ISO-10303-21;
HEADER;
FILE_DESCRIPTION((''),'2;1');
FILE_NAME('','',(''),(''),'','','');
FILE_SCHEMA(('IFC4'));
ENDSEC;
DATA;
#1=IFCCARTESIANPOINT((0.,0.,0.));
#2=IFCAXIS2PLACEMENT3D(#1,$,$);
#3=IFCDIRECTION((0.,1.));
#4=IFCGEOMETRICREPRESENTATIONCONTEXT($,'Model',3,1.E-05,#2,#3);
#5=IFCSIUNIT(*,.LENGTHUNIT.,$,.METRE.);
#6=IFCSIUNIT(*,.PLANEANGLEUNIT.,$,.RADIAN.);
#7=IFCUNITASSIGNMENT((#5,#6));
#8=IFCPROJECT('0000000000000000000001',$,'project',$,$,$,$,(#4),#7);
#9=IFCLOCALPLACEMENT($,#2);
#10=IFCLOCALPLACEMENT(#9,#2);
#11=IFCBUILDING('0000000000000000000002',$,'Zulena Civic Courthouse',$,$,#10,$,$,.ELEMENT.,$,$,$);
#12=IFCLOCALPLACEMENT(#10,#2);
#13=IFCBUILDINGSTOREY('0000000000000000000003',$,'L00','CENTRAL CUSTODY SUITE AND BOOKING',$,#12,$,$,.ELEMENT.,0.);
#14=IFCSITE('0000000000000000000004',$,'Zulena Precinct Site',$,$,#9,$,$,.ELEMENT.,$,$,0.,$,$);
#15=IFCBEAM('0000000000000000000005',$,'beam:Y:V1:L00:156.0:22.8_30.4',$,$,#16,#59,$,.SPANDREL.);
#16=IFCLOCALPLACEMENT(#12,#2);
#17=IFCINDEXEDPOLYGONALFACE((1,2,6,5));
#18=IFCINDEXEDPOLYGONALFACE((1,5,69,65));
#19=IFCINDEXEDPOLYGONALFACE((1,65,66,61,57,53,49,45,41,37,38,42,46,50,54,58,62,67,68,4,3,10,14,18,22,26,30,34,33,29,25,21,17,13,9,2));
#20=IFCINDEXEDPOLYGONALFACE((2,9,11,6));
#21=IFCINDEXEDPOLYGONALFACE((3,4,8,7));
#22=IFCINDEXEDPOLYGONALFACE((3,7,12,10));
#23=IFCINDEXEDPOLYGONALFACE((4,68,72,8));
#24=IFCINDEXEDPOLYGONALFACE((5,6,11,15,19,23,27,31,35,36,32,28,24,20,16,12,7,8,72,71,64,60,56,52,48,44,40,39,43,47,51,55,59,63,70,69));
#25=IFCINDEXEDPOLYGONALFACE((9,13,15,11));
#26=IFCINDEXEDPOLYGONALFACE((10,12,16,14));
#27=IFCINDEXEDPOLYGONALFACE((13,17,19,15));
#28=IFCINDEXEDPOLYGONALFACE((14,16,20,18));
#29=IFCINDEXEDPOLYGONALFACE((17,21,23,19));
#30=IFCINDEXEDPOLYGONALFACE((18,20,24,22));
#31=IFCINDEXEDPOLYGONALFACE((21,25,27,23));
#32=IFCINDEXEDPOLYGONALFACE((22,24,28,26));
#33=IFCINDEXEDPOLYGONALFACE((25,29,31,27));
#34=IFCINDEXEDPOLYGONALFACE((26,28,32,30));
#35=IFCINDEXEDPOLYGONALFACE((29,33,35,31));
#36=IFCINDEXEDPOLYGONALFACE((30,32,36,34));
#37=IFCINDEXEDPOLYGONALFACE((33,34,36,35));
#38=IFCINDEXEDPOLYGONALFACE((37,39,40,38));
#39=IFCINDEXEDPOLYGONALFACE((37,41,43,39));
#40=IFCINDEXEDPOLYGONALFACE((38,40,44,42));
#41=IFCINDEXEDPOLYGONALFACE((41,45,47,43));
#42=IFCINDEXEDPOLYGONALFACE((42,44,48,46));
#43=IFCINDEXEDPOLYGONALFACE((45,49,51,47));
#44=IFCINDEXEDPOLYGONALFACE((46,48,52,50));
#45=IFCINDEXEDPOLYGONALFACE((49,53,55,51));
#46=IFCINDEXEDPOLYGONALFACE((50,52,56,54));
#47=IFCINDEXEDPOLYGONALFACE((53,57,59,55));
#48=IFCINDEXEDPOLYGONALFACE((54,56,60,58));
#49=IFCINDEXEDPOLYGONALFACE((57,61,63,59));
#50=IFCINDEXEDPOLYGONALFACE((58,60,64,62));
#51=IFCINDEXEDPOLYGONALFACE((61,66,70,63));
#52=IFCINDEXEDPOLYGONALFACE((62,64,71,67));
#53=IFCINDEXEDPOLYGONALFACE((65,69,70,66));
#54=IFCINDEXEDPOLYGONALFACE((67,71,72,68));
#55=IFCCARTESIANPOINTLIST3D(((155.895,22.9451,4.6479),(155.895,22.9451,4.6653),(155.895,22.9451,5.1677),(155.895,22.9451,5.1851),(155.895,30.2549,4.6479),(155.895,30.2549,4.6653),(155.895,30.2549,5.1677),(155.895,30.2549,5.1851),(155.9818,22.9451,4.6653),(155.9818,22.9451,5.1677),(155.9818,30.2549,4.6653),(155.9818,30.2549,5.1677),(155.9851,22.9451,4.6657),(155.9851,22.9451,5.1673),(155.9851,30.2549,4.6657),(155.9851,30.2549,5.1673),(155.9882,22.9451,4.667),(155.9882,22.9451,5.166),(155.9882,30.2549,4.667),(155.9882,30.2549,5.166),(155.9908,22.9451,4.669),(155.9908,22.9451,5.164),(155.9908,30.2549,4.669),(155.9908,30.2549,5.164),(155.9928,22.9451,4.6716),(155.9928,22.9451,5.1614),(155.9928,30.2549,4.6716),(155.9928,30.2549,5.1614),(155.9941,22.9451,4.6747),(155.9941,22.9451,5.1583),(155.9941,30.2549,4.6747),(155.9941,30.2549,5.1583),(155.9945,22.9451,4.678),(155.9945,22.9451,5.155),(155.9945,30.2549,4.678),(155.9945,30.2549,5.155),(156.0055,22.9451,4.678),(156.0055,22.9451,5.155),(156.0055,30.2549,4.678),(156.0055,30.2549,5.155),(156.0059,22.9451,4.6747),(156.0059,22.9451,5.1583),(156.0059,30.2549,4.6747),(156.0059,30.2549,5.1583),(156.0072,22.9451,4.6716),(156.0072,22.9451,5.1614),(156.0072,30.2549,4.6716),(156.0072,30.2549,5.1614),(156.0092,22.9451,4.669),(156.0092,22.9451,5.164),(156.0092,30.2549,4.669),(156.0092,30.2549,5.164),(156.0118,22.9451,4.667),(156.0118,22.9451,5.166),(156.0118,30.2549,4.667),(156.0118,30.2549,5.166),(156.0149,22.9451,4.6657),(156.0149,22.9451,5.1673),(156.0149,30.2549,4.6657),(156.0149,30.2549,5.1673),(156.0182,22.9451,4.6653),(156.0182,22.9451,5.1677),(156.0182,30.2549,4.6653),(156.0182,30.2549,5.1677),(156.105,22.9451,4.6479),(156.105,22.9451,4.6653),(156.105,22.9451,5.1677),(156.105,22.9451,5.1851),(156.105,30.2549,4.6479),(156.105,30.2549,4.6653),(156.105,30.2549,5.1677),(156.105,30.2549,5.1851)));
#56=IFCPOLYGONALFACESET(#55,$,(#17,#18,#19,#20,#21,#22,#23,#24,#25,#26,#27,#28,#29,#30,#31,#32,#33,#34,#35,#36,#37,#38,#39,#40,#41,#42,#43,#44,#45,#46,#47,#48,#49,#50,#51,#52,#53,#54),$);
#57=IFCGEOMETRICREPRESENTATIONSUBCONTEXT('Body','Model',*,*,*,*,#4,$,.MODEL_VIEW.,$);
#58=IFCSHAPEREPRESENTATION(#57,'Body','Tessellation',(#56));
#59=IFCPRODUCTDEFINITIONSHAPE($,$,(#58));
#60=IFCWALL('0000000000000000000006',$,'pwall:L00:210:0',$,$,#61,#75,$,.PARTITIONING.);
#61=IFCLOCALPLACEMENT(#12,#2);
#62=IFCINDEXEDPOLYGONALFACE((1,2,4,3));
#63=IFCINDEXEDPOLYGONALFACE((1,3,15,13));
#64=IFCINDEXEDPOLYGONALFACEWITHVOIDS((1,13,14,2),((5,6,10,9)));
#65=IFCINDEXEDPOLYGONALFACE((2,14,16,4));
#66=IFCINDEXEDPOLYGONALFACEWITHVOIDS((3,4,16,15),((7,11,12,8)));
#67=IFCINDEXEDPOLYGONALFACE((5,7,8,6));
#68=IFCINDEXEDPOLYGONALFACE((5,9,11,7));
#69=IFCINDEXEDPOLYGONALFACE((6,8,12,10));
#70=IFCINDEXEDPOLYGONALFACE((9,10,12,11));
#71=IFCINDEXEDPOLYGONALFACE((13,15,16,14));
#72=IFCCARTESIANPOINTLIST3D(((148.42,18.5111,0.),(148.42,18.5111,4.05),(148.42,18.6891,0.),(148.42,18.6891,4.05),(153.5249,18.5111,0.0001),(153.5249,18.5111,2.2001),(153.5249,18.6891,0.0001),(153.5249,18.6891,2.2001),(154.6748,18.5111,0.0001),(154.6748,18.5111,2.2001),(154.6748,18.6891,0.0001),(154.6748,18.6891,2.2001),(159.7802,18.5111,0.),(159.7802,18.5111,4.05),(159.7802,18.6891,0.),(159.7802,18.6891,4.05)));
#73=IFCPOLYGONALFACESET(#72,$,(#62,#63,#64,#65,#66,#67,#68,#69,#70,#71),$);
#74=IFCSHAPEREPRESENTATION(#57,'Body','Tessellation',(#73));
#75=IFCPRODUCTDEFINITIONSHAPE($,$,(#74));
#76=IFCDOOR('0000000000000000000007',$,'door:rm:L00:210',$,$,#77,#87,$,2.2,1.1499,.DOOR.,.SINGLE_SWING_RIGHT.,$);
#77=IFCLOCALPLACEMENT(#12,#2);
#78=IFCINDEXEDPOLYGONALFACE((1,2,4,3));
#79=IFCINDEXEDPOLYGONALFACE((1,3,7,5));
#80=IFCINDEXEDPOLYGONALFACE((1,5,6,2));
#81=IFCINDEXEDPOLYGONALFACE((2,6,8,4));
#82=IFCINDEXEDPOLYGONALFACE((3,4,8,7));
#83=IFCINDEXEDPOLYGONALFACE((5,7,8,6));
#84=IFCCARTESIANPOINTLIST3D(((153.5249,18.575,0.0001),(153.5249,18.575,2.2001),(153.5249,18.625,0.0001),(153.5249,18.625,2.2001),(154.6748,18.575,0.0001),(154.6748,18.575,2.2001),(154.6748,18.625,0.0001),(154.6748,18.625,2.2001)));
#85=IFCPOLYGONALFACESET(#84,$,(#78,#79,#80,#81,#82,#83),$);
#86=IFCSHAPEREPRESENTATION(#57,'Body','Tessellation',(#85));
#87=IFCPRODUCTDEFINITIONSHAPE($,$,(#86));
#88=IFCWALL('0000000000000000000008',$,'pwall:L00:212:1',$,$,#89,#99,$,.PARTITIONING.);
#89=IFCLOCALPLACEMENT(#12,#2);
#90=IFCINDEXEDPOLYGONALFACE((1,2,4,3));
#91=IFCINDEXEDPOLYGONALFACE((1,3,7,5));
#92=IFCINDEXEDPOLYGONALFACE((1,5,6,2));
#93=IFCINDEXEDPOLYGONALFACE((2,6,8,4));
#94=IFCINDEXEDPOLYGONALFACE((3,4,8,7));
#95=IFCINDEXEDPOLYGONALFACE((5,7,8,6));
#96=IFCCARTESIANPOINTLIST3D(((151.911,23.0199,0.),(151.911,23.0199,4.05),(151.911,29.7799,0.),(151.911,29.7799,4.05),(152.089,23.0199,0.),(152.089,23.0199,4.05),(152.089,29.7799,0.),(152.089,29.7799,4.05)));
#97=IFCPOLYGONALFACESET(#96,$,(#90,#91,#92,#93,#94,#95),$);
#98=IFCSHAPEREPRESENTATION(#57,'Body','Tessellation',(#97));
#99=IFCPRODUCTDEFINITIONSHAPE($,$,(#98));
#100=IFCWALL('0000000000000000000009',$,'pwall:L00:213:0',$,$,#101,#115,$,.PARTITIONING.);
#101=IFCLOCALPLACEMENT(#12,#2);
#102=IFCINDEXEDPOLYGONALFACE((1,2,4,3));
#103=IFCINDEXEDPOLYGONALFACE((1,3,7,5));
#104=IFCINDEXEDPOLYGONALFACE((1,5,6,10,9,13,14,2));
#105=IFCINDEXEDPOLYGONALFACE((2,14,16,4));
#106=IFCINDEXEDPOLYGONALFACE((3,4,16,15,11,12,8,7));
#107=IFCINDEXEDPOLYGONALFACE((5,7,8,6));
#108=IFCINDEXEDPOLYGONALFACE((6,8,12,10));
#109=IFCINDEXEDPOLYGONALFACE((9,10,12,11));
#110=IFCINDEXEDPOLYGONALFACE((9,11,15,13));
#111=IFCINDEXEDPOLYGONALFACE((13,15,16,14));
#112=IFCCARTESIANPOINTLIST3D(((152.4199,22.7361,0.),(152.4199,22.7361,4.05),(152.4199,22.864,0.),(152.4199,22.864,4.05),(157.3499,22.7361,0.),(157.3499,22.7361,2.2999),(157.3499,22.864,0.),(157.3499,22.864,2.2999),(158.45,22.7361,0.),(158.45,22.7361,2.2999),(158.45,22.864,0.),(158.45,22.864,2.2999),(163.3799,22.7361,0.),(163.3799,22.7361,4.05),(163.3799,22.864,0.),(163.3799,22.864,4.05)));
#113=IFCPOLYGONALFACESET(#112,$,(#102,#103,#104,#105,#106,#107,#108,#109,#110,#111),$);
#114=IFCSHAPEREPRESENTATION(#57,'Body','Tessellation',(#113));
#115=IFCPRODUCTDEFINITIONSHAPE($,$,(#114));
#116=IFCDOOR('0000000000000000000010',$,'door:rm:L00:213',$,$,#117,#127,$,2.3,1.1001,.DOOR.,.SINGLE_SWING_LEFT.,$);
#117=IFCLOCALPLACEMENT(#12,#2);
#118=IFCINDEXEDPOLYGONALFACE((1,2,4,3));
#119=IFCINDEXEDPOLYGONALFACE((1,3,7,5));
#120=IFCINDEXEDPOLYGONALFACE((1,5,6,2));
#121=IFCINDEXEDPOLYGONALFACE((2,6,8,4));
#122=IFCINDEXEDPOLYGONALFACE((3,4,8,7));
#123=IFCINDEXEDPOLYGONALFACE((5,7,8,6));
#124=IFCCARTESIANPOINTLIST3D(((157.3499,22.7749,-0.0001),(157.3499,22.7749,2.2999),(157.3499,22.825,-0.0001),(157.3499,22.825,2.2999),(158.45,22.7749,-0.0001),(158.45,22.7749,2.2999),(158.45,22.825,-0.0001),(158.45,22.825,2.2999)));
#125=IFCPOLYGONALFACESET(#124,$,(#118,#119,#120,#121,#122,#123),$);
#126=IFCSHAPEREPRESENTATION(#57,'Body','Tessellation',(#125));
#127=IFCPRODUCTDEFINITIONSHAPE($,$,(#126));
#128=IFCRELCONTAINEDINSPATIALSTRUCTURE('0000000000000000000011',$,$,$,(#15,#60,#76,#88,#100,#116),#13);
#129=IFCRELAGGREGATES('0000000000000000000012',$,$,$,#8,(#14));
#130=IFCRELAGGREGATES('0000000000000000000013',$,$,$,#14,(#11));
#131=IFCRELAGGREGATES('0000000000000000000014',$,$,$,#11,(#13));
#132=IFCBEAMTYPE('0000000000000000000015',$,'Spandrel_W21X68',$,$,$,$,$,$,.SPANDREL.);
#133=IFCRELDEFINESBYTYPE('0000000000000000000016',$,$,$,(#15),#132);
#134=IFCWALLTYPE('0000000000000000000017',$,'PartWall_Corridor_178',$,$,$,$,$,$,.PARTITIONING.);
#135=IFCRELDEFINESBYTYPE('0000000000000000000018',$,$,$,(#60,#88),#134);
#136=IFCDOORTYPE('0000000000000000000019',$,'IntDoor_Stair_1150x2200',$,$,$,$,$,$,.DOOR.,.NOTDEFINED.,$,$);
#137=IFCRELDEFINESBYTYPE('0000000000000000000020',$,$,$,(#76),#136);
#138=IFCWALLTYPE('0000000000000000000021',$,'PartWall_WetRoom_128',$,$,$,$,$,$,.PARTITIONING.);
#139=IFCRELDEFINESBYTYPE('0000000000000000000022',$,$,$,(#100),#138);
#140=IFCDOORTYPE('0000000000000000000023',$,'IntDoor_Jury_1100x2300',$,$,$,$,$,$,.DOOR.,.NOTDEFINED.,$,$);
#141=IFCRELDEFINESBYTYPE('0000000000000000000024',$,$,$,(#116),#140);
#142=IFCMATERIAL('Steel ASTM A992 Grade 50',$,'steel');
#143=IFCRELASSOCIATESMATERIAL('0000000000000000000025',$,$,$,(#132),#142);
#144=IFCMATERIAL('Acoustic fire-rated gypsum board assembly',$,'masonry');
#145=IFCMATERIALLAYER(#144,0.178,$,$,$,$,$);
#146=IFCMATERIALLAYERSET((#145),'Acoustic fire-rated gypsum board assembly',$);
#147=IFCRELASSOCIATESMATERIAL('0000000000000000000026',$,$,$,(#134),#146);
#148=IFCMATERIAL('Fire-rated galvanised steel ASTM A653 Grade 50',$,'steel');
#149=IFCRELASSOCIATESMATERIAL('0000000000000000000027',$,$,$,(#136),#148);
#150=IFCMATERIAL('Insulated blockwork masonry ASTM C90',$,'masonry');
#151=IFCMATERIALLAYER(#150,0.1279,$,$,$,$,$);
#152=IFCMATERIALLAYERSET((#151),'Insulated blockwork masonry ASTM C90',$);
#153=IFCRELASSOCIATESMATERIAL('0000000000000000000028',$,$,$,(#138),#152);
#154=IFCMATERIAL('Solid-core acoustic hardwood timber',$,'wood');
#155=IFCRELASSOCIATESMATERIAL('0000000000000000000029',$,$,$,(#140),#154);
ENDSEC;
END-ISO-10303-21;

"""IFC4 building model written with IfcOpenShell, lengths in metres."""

from ifc_helpers import new_model, si_unit, direction, frame, frame_2d, origin, origin_2d, place, context, subcontext, project, spatial, rectangle, i_section, extrude, material, layer, layer_set, material_profile, profile_set, type_object, element, fill, save


model = new_model("IFC4")

# Units and contexts
model_context = context("Model", 3, precision=1e-05, world=origin(), true_north=direction((0.0, 1.0)))
body_context = subcontext(model_context, "Body", "Model", "MODEL_VIEW")
ifc_project = project(units=[si_unit("LENGTHUNIT", "METRE"), si_unit("PLANEANGLEUNIT", "RADIAN")], contexts=[model_context])

# Site, building, storey
site_placement = place(None, origin())
site = spatial("IfcSite", under=ifc_project, at=site_placement, Name="Zulena Precinct Site", CompositionType="ELEMENT", RefElevation=0.0)
building_placement = place(site_placement, origin())
building = spatial("IfcBuilding", under=site, at=building_placement, Name="Zulena Civic Courthouse", CompositionType="ELEMENT")
storey_placement = place(building_placement, origin())
storey = spatial("IfcBuildingStorey", under=building, at=storey_placement, Name="L00", Description="CENTRAL CUSTODY SUITE AND BOOKING", CompositionType="ELEMENT", Elevation=0.0)

# Shared definitions
ifc_material_1 = material(Name="Steel ASTM A992 Grade 50", Category="steel")

# Beam
ifc_material_profile_1 = material_profile(ifc_material_1, i_section(OverallWidth=0.21, OverallDepth=0.5371, WebThickness=0.011, FlangeThickness=0.0173, FilletRadius=0.0127, at=origin_2d()), Name="W21X68")
ifc_profile_set_1 = profile_set([ifc_material_profile_1], Name="Steel ASTM A992 Grade 50")
beam_type_1 = type_object("IfcBeamType", Name="Spandrel_W21X68", PredefinedType="SPANDREL", material=ifc_profile_set_1)
for number, where, z_axis, x_axis, name in (
    (1, (156.0, 22.9451, 4.9165), (0.0, 1.0, 0.0), (-1.0, 0.0, 0.0), "beam:Y:V1:L00:156.0:22.8_30.4"),
):
    element("IfcBeam", number, at=place(storey_placement, frame(where, z_axis=z_axis, x_axis=x_axis)), inside=storey, type_object=beam_type_1, Name=name, PredefinedType="SPANDREL", context=body_context, shape_type="SweptSolid", body=[
        extrude(i_section(OverallWidth=0.21, OverallDepth=0.5371, WebThickness=0.011, FlangeThickness=0.0173, FilletRadius=0.0127, at=origin_2d()), origin(), (0.0, 0.0, 1.0), 7.3098),
    ])

# Wall, opening, door
ifc_material_2 = material(Name="Acoustic fire-rated gypsum board assembly", Category="masonry")
ifc_layer_1 = layer(ifc_material_2, 0.178)
ifc_layer_set_1 = layer_set([ifc_layer_1], Name="Acoustic fire-rated gypsum board assembly")
wall_type_1 = type_object("IfcWallType", Name="PartWall_Corridor_178", PredefinedType="PARTITIONING", material=ifc_layer_set_1)
wall_1_placement = place(storey_placement, frame((148.4199, 18.6001, 0.0), z_axis=(0.0, 0.0, 1.0), x_axis=(1.0, 0.0, 0.0)))
wall_1 = element("IfcWall", 2, at=wall_1_placement, inside=storey, type_object=wall_type_1, Name="pwall:L00:210:0", PredefinedType="PARTITIONING", context=body_context, shape_type="SweptSolid", body=[
    extrude(rectangle(XDim=11.3601, YDim=0.178, at=frame_2d((5.6802, 0.0))), origin(), (0.0, 0.0, 1.0), 4.05),
])
opening_1_placement = place(wall_1_placement, frame((5.105, 0.0, 0.0)))
opening_1 = element("IfcOpeningElement", 3, at=opening_1_placement, cuts=wall_1, PredefinedType="OPENING", context=body_context, shape_type="SweptSolid", body=[
    extrude(rectangle(XDim=1.1499, YDim=2.2, at=frame_2d((0.575, 1.1001))), frame((0.0, 0.0989, 0.0), z_axis=(0.0, -1.0, 0.0), x_axis=(1.0, 0.0, 0.0)), (0.0, 0.0, 1.0), 0.198),
])
ifc_material_3 = material(Name="Fire-rated galvanised steel ASTM A653 Grade 50", Category="steel")
door_type_1 = type_object("IfcDoorType", Name="IntDoor_Stair_1150x2200", OperationType="NOTDEFINED", PredefinedType="DOOR", material=ifc_material_3)
door_1_placement = place(opening_1_placement, origin())
door_1 = element("IfcDoor", 4, at=door_1_placement, inside=storey, type_object=door_type_1, Name="door:rm:L00:210", OperationType="SINGLE_SWING_RIGHT", OverallHeight=2.2, OverallWidth=1.1499, PredefinedType="DOOR", context=body_context, shape_type="SweptSolid", body=[
    extrude(rectangle(XDim=1.1499, YDim=2.2, at=frame_2d((0.575, 1.1001))), frame((0.0, 0.0249, 0.0), z_axis=(0.0, -1.0, 0.0), x_axis=(1.0, 0.0, 0.0)), (0.0, 0.0, 1.0), 0.05),
])
fill(opening_1, door_1)

# Wall
wall_2_placement = place(storey_placement, frame((152.0, 23.02, 0.0), z_axis=(0.0, 0.0, 1.0), x_axis=(0.0, 1.0, 0.0)))
element("IfcWall", 5, at=wall_2_placement, inside=storey, type_object=wall_type_1, Name="pwall:L00:212:1", PredefinedType="PARTITIONING", context=body_context, shape_type="SweptSolid", body=[
    extrude(rectangle(XDim=6.76, YDim=0.178, at=frame_2d((3.3799, 0.0))), origin(), (0.0, 0.0, 1.0), 4.05),
])

# Wall, opening, door
ifc_material_4 = material(Name="Insulated blockwork masonry ASTM C90", Category="masonry")
ifc_layer_2 = layer(ifc_material_4, 0.1279)
ifc_layer_set_2 = layer_set([ifc_layer_2], Name="Insulated blockwork masonry ASTM C90")
wall_type_2 = type_object("IfcWallType", Name="PartWall_WetRoom_128", PredefinedType="PARTITIONING", material=ifc_layer_set_2)
wall_3_placement = place(storey_placement, frame((152.4199, 22.8, 0.0), z_axis=(0.0, 0.0, 1.0), x_axis=(1.0, 0.0, 0.0)))
wall_3 = element("IfcWall", 6, at=wall_3_placement, inside=storey, type_object=wall_type_2, Name="pwall:L00:213:0", PredefinedType="PARTITIONING", context=body_context, shape_type="SweptSolid", body=[
    extrude(rectangle(XDim=10.96, YDim=0.1279, at=frame_2d((5.48, 0.0))), origin(), (0.0, 0.0, 1.0), 4.05),
])
opening_2_placement = place(wall_3_placement, frame((4.9299, 0.0, 0.0)))
opening_2 = element("IfcOpeningElement", 7, at=opening_2_placement, cuts=wall_3, PredefinedType="OPENING", context=body_context, shape_type="SweptSolid", body=[
    extrude(rectangle(XDim=1.1001, YDim=2.3, at=frame_2d((0.55, 1.1499))), frame((0.0, 0.074, 0.0), z_axis=(0.0, -1.0, 0.0), x_axis=(1.0, 0.0, 0.0)), (0.0, 0.0, 1.0), 0.1479),
])
ifc_material_5 = material(Name="Solid-core acoustic hardwood timber", Category="wood")
door_type_2 = type_object("IfcDoorType", Name="IntDoor_Jury_1100x2300", OperationType="NOTDEFINED", PredefinedType="DOOR", material=ifc_material_5)
door_2_placement = place(opening_2_placement, origin())
door_2 = element("IfcDoor", 8, at=door_2_placement, inside=storey, type_object=door_type_2, Name="door:rm:L00:213", OperationType="SINGLE_SWING_LEFT", OverallHeight=2.3, OverallWidth=1.1001, PredefinedType="DOOR", context=body_context, shape_type="SweptSolid", body=[
    extrude(rectangle(XDim=1.1001, YDim=2.3, at=frame_2d((0.55, 1.1499))), frame((0.0, 0.0249, 0.0), z_axis=(0.0, -1.0, 0.0), x_axis=(1.0, 0.0, 0.0)), (0.0, 0.0, 1.0), 0.05),
])
fill(opening_2, door_2)

save(model, "model.ifc")
